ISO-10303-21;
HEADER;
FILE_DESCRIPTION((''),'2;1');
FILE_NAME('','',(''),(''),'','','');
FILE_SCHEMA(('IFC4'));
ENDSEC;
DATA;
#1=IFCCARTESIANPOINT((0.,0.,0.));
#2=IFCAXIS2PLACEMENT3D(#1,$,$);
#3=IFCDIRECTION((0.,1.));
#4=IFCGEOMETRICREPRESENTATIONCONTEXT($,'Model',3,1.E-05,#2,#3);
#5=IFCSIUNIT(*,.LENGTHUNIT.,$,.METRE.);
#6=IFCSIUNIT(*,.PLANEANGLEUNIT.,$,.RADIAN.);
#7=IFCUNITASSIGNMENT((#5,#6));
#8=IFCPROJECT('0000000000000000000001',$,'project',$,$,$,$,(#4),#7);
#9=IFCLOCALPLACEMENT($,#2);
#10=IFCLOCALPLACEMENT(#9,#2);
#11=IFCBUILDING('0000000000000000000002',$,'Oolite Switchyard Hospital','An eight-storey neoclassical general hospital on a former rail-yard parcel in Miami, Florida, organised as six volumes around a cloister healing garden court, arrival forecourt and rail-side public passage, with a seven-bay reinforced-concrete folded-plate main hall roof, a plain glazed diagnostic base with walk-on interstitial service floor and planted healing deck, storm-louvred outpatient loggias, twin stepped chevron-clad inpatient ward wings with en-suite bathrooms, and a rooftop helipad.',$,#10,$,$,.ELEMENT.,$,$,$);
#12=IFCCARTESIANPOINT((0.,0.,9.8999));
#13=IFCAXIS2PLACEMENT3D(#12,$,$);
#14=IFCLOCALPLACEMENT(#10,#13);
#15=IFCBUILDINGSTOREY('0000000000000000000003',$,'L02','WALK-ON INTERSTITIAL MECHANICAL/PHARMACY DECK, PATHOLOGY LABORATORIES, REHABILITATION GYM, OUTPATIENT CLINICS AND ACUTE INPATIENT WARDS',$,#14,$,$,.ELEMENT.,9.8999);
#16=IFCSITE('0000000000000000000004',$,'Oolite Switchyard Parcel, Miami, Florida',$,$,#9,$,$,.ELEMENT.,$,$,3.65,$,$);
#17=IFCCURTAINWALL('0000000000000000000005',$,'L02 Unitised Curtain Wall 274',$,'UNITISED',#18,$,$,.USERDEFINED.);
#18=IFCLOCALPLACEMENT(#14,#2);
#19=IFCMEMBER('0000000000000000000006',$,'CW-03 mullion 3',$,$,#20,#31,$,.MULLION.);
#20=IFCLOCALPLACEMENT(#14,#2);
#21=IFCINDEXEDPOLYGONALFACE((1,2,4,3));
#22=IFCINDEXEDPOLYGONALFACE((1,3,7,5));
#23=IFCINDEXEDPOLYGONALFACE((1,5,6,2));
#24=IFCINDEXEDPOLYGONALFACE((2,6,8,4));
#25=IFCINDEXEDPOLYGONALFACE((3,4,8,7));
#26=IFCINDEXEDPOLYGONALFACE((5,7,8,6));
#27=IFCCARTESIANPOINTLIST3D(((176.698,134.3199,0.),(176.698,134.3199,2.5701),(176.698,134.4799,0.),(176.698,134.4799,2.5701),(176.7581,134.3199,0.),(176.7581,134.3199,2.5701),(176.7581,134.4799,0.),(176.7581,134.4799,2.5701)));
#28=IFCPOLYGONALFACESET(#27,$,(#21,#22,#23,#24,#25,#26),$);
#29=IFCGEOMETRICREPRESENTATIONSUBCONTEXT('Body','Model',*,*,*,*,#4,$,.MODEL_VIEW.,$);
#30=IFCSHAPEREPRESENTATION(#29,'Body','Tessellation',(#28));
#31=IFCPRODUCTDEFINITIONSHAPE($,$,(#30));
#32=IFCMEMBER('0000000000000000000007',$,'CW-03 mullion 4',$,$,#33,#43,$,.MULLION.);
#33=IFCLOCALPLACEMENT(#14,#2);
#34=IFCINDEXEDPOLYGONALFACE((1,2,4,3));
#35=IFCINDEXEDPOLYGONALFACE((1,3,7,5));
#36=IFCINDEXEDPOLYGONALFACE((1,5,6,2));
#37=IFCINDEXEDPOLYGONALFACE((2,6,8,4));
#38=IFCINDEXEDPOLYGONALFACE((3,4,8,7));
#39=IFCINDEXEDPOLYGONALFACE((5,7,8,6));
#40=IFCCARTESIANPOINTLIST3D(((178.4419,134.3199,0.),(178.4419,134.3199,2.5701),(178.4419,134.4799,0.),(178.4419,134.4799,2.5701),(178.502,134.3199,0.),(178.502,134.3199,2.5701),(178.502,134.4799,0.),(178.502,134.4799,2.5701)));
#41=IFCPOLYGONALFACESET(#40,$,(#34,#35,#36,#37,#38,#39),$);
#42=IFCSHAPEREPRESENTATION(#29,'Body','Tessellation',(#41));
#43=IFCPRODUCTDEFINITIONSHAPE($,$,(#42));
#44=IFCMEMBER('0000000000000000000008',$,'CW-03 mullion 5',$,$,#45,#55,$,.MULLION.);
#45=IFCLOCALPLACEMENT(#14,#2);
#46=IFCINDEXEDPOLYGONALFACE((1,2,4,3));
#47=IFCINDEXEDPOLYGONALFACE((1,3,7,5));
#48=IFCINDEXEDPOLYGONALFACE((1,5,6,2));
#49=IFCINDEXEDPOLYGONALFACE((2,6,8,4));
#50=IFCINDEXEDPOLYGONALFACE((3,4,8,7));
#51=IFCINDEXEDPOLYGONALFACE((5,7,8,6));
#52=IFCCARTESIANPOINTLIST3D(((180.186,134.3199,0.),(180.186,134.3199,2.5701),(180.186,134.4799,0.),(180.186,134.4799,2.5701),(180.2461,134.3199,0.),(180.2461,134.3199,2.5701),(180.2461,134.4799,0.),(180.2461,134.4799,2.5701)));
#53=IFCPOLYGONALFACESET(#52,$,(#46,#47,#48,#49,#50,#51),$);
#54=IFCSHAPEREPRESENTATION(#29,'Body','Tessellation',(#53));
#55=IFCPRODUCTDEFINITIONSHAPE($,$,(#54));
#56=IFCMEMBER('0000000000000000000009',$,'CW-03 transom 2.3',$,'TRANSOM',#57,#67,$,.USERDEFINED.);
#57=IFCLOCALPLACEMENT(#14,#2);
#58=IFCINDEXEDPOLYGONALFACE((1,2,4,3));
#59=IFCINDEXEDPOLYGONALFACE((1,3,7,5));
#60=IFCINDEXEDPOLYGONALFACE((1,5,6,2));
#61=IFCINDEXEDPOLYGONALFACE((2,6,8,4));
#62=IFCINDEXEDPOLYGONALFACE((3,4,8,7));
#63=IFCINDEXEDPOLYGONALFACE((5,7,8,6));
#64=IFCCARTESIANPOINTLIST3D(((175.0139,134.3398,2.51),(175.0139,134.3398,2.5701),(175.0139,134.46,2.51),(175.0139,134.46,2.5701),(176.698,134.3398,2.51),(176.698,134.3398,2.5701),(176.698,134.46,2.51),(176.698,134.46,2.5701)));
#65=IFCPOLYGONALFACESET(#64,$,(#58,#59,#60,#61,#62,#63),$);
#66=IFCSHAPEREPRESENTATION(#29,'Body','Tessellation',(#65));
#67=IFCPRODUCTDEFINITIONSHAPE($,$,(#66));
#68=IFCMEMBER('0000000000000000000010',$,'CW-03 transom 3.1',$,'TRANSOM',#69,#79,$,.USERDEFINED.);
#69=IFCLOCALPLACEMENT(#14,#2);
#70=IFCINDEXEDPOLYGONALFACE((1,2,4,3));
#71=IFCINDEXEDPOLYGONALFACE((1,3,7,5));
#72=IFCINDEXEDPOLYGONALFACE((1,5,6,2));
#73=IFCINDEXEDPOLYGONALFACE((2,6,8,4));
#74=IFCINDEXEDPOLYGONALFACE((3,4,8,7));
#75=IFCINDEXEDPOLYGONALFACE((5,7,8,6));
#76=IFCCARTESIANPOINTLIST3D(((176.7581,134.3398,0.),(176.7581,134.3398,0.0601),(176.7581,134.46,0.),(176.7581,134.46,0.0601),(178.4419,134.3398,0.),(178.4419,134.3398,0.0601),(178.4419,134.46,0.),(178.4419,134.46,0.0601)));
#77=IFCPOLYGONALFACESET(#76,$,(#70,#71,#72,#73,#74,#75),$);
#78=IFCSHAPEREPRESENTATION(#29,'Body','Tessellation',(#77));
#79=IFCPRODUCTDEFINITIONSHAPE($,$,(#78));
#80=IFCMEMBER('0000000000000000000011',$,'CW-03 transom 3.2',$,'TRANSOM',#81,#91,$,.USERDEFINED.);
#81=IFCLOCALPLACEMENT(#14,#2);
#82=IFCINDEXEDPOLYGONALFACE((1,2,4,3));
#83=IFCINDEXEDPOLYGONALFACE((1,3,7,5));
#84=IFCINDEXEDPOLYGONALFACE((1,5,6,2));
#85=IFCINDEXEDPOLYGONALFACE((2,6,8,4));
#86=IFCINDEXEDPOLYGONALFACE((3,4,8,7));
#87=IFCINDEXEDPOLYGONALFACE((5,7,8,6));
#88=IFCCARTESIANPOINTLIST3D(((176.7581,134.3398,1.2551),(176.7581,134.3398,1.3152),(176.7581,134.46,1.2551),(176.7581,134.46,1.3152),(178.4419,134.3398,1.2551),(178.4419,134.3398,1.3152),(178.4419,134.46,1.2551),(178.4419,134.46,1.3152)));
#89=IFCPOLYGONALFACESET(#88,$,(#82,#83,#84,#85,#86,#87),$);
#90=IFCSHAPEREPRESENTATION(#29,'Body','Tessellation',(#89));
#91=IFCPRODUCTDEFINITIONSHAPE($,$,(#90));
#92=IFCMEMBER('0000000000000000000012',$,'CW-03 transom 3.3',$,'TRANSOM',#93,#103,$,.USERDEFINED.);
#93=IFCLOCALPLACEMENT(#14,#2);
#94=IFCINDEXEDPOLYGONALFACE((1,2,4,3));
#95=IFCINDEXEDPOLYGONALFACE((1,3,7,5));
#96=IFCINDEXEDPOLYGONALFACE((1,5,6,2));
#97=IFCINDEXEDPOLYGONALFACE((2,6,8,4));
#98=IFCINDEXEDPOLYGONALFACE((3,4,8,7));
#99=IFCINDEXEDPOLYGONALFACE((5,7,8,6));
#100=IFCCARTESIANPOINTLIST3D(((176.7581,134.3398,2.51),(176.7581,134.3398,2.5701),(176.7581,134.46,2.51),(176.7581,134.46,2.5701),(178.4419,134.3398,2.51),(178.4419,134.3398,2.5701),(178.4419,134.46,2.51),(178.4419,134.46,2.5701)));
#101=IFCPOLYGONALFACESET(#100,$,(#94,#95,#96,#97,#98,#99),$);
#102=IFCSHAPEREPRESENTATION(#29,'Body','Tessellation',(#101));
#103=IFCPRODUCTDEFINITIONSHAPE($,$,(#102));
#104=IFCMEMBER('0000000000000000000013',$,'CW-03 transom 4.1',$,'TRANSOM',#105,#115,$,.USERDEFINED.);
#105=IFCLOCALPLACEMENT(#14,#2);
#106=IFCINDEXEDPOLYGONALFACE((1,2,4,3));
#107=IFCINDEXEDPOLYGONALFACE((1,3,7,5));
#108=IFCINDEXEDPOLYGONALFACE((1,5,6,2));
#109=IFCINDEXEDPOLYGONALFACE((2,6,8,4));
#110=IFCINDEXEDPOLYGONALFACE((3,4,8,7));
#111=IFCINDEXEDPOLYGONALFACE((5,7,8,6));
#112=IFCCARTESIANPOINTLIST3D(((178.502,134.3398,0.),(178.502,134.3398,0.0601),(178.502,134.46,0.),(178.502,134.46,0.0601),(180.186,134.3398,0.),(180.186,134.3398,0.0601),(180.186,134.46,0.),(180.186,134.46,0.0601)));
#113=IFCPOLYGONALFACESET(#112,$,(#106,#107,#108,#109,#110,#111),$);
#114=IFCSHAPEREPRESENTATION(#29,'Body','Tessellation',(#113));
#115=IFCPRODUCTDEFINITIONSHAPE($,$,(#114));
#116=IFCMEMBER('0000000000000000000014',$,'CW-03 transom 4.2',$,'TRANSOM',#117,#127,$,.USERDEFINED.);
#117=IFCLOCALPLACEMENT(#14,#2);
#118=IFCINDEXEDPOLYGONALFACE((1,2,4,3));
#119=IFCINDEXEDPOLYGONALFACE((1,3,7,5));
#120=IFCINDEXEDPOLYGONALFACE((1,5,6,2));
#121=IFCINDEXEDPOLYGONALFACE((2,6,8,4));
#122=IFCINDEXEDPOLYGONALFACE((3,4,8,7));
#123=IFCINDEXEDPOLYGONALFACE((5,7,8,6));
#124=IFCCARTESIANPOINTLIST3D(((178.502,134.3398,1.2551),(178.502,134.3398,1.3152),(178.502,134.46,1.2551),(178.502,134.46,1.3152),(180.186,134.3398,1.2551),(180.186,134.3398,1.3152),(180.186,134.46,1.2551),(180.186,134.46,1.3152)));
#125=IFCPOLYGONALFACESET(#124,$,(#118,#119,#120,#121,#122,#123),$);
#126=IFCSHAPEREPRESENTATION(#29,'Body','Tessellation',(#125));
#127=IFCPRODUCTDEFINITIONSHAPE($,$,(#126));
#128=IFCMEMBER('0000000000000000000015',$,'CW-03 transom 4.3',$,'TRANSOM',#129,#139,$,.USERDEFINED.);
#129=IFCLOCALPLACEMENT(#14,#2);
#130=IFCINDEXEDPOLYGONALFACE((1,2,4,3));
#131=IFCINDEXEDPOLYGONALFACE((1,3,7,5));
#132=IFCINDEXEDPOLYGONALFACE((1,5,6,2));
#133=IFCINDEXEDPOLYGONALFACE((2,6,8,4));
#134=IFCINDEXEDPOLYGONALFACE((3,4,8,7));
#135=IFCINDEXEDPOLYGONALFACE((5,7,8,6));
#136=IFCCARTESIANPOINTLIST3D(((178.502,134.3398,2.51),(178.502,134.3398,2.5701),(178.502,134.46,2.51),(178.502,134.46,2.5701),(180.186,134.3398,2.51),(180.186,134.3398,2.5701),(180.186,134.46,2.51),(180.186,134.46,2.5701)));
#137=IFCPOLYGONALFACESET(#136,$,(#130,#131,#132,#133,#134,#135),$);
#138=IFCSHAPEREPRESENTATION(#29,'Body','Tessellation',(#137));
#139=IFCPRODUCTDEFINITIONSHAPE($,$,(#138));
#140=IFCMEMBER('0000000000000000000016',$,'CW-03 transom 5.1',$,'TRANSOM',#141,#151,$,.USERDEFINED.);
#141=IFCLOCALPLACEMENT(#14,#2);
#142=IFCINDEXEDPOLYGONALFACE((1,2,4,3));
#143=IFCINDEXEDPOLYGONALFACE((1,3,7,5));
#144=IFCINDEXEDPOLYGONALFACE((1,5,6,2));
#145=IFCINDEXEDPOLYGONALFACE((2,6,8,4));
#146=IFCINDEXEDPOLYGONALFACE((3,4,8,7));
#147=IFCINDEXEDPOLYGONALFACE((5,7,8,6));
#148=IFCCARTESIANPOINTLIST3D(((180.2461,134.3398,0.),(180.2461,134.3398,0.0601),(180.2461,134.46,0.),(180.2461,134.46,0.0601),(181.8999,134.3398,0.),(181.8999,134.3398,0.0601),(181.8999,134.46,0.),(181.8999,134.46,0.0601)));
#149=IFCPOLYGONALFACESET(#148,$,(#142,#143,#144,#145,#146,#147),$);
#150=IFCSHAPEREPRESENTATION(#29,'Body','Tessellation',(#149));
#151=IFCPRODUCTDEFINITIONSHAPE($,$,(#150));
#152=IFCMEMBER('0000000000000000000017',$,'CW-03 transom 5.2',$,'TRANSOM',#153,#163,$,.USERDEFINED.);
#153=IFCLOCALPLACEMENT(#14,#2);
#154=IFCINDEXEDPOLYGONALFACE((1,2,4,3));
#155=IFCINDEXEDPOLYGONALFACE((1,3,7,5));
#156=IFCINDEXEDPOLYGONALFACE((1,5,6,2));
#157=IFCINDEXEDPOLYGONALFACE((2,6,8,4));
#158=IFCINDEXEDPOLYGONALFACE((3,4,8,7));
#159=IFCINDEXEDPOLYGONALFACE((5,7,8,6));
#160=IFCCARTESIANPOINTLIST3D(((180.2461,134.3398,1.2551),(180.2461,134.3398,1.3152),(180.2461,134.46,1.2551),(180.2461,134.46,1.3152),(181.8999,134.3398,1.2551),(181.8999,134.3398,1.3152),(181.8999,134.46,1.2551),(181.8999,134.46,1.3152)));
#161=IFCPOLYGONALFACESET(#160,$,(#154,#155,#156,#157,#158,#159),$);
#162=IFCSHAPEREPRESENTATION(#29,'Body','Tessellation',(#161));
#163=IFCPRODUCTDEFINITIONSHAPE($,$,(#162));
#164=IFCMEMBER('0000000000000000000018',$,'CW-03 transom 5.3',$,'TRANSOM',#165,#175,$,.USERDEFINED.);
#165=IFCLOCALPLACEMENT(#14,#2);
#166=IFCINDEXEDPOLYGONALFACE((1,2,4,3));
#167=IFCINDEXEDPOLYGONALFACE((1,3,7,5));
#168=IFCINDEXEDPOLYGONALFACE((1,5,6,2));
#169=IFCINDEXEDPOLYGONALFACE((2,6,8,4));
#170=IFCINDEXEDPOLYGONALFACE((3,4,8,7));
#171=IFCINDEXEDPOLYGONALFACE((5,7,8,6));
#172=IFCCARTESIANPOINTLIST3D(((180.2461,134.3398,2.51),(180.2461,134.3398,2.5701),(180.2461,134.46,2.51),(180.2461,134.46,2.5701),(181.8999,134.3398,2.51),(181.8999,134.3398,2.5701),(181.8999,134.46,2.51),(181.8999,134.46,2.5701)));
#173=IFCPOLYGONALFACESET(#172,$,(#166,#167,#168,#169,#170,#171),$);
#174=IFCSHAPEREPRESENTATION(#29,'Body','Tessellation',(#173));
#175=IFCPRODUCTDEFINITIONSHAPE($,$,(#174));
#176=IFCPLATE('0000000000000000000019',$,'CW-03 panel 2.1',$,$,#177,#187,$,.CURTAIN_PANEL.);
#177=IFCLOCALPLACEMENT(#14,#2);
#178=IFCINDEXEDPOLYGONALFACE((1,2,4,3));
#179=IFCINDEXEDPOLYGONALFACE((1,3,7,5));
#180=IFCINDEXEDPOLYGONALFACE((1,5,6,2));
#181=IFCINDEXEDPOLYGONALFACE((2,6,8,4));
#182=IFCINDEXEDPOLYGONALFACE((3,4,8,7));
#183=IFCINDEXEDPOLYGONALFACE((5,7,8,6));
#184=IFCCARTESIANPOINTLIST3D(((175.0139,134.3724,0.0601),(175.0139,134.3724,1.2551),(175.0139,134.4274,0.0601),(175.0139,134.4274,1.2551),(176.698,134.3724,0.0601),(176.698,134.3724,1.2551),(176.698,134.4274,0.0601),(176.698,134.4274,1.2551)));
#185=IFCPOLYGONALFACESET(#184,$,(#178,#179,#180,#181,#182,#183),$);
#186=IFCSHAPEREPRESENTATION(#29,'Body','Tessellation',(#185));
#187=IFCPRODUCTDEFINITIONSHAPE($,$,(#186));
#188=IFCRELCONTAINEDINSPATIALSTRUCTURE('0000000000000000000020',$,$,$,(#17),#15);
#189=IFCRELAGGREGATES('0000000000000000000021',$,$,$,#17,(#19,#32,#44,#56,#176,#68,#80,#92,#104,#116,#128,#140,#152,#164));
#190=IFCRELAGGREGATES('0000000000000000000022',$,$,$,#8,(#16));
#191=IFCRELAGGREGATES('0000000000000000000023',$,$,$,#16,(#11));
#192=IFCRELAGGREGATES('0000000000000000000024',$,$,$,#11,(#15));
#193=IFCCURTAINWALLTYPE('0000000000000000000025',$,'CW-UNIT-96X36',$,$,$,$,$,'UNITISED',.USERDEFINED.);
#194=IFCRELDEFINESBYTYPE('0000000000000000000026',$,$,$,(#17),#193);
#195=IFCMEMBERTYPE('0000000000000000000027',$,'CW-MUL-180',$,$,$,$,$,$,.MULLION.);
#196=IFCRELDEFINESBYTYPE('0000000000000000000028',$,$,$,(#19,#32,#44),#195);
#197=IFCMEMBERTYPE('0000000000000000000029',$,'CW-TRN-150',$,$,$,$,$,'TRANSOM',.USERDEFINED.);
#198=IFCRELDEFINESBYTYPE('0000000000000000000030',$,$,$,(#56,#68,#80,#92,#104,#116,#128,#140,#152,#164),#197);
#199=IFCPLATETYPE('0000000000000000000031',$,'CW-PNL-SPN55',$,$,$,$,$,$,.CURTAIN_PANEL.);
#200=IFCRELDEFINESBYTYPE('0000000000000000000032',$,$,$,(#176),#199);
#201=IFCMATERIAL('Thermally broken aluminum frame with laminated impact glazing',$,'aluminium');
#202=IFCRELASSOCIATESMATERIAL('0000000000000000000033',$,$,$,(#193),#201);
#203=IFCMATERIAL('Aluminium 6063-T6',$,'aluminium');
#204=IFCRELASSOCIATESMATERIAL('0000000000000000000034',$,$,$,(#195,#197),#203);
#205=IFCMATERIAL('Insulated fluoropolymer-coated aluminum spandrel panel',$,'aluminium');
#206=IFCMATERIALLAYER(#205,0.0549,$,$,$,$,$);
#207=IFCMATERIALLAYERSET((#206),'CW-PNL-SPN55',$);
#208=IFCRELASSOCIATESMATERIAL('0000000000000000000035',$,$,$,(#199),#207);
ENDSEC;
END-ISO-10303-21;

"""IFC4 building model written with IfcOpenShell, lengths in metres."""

from ifc_helpers import new_model, si_unit, direction, frame, origin, origin_2d, place, context, subcontext, project, spatial, rectangle, extrude, material, layer, layer_set, material_profile, profile_set, type_object, element, aggregate, save


model = new_model("IFC4")

# Units and contexts
model_context = context("Model", 3, precision=1e-05, world=origin(), true_north=direction((0.0, 1.0)))
body_context = subcontext(model_context, "Body", "Model", "MODEL_VIEW")
ifc_project = project(units=[si_unit("LENGTHUNIT", "METRE"), si_unit("PLANEANGLEUNIT", "RADIAN")], contexts=[model_context])

# Site, building, storey
site_placement = place(None, origin())
site = spatial("IfcSite", under=ifc_project, at=site_placement, Name="Oolite Switchyard Parcel, Miami, Florida", CompositionType="ELEMENT", RefElevation=3.65)
building_placement = place(site_placement, origin())
building = spatial("IfcBuilding", under=site, at=building_placement, Name="Oolite Switchyard Hospital", Description="An eight-storey neoclassical general hospital on a former rail-yard parcel in Miami, Florida, organised as six volumes around a cloister healing garden court, arrival forecourt and rail-side public passage, with a seven-bay reinforced-concrete folded-plate main hall roof, a plain glazed diagnostic base with walk-on interstitial service floor and planted healing deck, storm-louvred outpatient loggias, twin stepped chevron-clad inpatient ward wings with en-suite bathrooms, and a rooftop helipad.", CompositionType="ELEMENT")
storey_placement = place(building_placement, frame((0.0, 0.0, 9.8999)))
storey = spatial("IfcBuildingStorey", under=building, at=storey_placement, Name="L02", Description="WALK-ON INTERSTITIAL MECHANICAL/PHARMACY DECK, PATHOLOGY LABORATORIES, REHABILITATION GYM, OUTPATIENT CLINICS AND ACUTE INPATIENT WARDS", CompositionType="ELEMENT", Elevation=9.8999)

# Curtain wall, members, plate
ifc_material_1 = material(Name="Thermally broken aluminum frame with laminated impact glazing", Category="aluminium")
curtain_wall_type = type_object("IfcCurtainWallType", Name="CW-UNIT-96X36", ElementType="UNITISED", PredefinedType="USERDEFINED", material=ifc_material_1)
curtain_wall_placement = place(storey_placement, origin())
curtain_wall = element("IfcCurtainWall", 1, at=curtain_wall_placement, inside=storey, type_object=curtain_wall_type, Name="L02 Unitised Curtain Wall 274", ObjectType="UNITISED", PredefinedType="USERDEFINED")
ifc_material_2 = material(Name="Aluminium 6063-T6", Category="aluminium")
ifc_material_profile_1 = material_profile(ifc_material_2, rectangle(XDim=0.1599, YDim=0.0601, at=origin_2d()), Name="CWM60X160")
ifc_profile_set_1 = profile_set([ifc_material_profile_1], Name="Aluminium 6063-T6")
member_type_1 = type_object("IfcMemberType", Name="CW-MUL-180", PredefinedType="MULLION", material=ifc_profile_set_1)
member_1_placement = place(storey_placement, frame((176.728, 134.3999, 0.0), z_axis=(0.0, 0.0, 1.0), x_axis=(0.0, 1.0, 0.0)))
member_1 = element("IfcMember", 2, at=member_1_placement, type_object=member_type_1, Name="CW-03 mullion 3", PredefinedType="MULLION", context=body_context, shape_type="SweptSolid", body=[
    extrude(rectangle(XDim=0.1599, YDim=0.0601, at=origin_2d()), origin(), (0.0, 0.0, 1.0), 2.5701),
])
member_2_placement = place(storey_placement, frame((178.4719, 134.3999, 0.0), z_axis=(0.0, 0.0, 1.0), x_axis=(0.0, 1.0, 0.0)))
member_2 = element("IfcMember", 3, at=member_2_placement, type_object=member_type_1, Name="CW-03 mullion 4", PredefinedType="MULLION", context=body_context, shape_type="SweptSolid", body=[
    extrude(rectangle(XDim=0.1599, YDim=0.0601, at=origin_2d()), origin(), (0.0, 0.0, 1.0), 2.5701),
])
member_3_placement = place(storey_placement, frame((180.2161, 134.3999, 0.0), z_axis=(0.0, 0.0, 1.0), x_axis=(0.0, 1.0, 0.0)))
member_3 = element("IfcMember", 4, at=member_3_placement, type_object=member_type_1, Name="CW-03 mullion 5", PredefinedType="MULLION", context=body_context, shape_type="SweptSolid", body=[
    extrude(rectangle(XDim=0.1599, YDim=0.0601, at=origin_2d()), origin(), (0.0, 0.0, 1.0), 2.5701),
])
ifc_material_profile_2 = material_profile(ifc_material_2, rectangle(XDim=0.1201, YDim=0.0601, at=origin_2d()), Name="CWT60X120")
ifc_profile_set_2 = profile_set([ifc_material_profile_2], Name="Aluminium 6063-T6")
member_type_2 = type_object("IfcMemberType", Name="CW-TRN-150", ElementType="TRANSOM", PredefinedType="USERDEFINED", material=ifc_profile_set_2)
member_4_placement = place(storey_placement, frame((175.0139, 134.3999, 2.54), z_axis=(1.0, 0.0, 0.0), x_axis=(0.0, 1.0, 0.0)))
member_4 = element("IfcMember", 5, at=member_4_placement, type_object=member_type_2, Name="CW-03 transom 2.3", ObjectType="TRANSOM", PredefinedType="USERDEFINED", context=body_context, shape_type="SweptSolid", body=[
    extrude(rectangle(XDim=0.1201, YDim=0.0601, at=origin_2d()), origin(), (0.0, 0.0, 1.0), 1.6841),
])
member_5_placement = place(storey_placement, frame((176.7581, 134.3999, 0.03), z_axis=(1.0, 0.0, 0.0), x_axis=(0.0, 1.0, 0.0)))
member_5 = element("IfcMember", 6, at=member_5_placement, type_object=member_type_2, Name="CW-03 transom 3.1", ObjectType="TRANSOM", PredefinedType="USERDEFINED", context=body_context, shape_type="SweptSolid", body=[
    extrude(rectangle(XDim=0.1201, YDim=0.0601, at=origin_2d()), origin(), (0.0, 0.0, 1.0), 1.6838),
])
member_6_placement = place(storey_placement, frame((176.7581, 134.3999, 1.2852), z_axis=(1.0, 0.0, 0.0), x_axis=(0.0, 1.0, 0.0)))
member_6 = element("IfcMember", 7, at=member_6_placement, type_object=member_type_2, Name="CW-03 transom 3.2", ObjectType="TRANSOM", PredefinedType="USERDEFINED", context=body_context, shape_type="SweptSolid", body=[
    extrude(rectangle(XDim=0.1201, YDim=0.0601, at=origin_2d()), origin(), (0.0, 0.0, 1.0), 1.6838),
])
member_7_placement = place(storey_placement, frame((176.7581, 134.3999, 2.54), z_axis=(1.0, 0.0, 0.0), x_axis=(0.0, 1.0, 0.0)))
member_7 = element("IfcMember", 8, at=member_7_placement, type_object=member_type_2, Name="CW-03 transom 3.3", ObjectType="TRANSOM", PredefinedType="USERDEFINED", context=body_context, shape_type="SweptSolid", body=[
    extrude(rectangle(XDim=0.1201, YDim=0.0601, at=origin_2d()), origin(), (0.0, 0.0, 1.0), 1.6838),
])
member_8_placement = place(storey_placement, frame((178.502, 134.3999, 0.03), z_axis=(1.0, 0.0, 0.0), x_axis=(0.0, 1.0, 0.0)))
member_8 = element("IfcMember", 9, at=member_8_placement, type_object=member_type_2, Name="CW-03 transom 4.1", ObjectType="TRANSOM", PredefinedType="USERDEFINED", context=body_context, shape_type="SweptSolid", body=[
    extrude(rectangle(XDim=0.1201, YDim=0.0601, at=origin_2d()), origin(), (0.0, 0.0, 1.0), 1.6841),
])
member_9_placement = place(storey_placement, frame((178.502, 134.3999, 1.2852), z_axis=(1.0, 0.0, 0.0), x_axis=(0.0, 1.0, 0.0)))
member_9 = element("IfcMember", 10, at=member_9_placement, type_object=member_type_2, Name="CW-03 transom 4.2", ObjectType="TRANSOM", PredefinedType="USERDEFINED", context=body_context, shape_type="SweptSolid", body=[
    extrude(rectangle(XDim=0.1201, YDim=0.0601, at=origin_2d()), origin(), (0.0, 0.0, 1.0), 1.6841),
])
member_10_placement = place(storey_placement, frame((178.502, 134.3999, 2.54), z_axis=(1.0, 0.0, 0.0), x_axis=(0.0, 1.0, 0.0)))
member_10 = element("IfcMember", 11, at=member_10_placement, type_object=member_type_2, Name="CW-03 transom 4.3", ObjectType="TRANSOM", PredefinedType="USERDEFINED", context=body_context, shape_type="SweptSolid", body=[
    extrude(rectangle(XDim=0.1201, YDim=0.0601, at=origin_2d()), origin(), (0.0, 0.0, 1.0), 1.6841),
])
member_11_placement = place(storey_placement, frame((180.2461, 134.3999, 0.03), z_axis=(1.0, 0.0, 0.0), x_axis=(0.0, 1.0, 0.0)))
member_11 = element("IfcMember", 12, at=member_11_placement, type_object=member_type_2, Name="CW-03 transom 5.1", ObjectType="TRANSOM", PredefinedType="USERDEFINED", context=body_context, shape_type="SweptSolid", body=[
    extrude(rectangle(XDim=0.1201, YDim=0.0601, at=origin_2d()), origin(), (0.0, 0.0, 1.0), 1.6538),
])
member_12_placement = place(storey_placement, frame((180.2461, 134.3999, 1.2852), z_axis=(1.0, 0.0, 0.0), x_axis=(0.0, 1.0, 0.0)))
member_12 = element("IfcMember", 13, at=member_12_placement, type_object=member_type_2, Name="CW-03 transom 5.2", ObjectType="TRANSOM", PredefinedType="USERDEFINED", context=body_context, shape_type="SweptSolid", body=[
    extrude(rectangle(XDim=0.1201, YDim=0.0601, at=origin_2d()), origin(), (0.0, 0.0, 1.0), 1.6538),
])
member_13_placement = place(storey_placement, frame((180.2461, 134.3999, 2.54), z_axis=(1.0, 0.0, 0.0), x_axis=(0.0, 1.0, 0.0)))
member_13 = element("IfcMember", 14, at=member_13_placement, type_object=member_type_2, Name="CW-03 transom 5.3", ObjectType="TRANSOM", PredefinedType="USERDEFINED", context=body_context, shape_type="SweptSolid", body=[
    extrude(rectangle(XDim=0.1201, YDim=0.0601, at=origin_2d()), origin(), (0.0, 0.0, 1.0), 1.6538),
])
ifc_material_3 = material(Name="Insulated fluoropolymer-coated aluminum spandrel panel", Category="aluminium")
ifc_layer = layer(ifc_material_3, 0.0549)
ifc_layer_set = layer_set([ifc_layer], Name="CW-PNL-SPN55")
plate_type = type_object("IfcPlateType", Name="CW-PNL-SPN55", PredefinedType="CURTAIN_PANEL", material=ifc_layer_set)
plate_1_placement = place(storey_placement, frame((175.856, 134.3999, 0.0601), z_axis=(0.0, 0.0, 1.0), x_axis=(1.0, 0.0, 0.0)))
plate_1 = element("IfcPlate", 15, at=plate_1_placement, type_object=plate_type, Name="CW-03 panel 2.1", PredefinedType="CURTAIN_PANEL", context=body_context, shape_type="SweptSolid", body=[
    extrude(rectangle(XDim=1.6841, YDim=0.0549, at=origin_2d()), origin(), (0.0, 0.0, 1.0), 1.1951),
])
aggregate(curtain_wall, [member_1, member_2, member_3, member_4, plate_1, member_5, member_6, member_7, member_8, member_9, member_10, member_11, member_12, member_13])

save(model, "model.ifc")
